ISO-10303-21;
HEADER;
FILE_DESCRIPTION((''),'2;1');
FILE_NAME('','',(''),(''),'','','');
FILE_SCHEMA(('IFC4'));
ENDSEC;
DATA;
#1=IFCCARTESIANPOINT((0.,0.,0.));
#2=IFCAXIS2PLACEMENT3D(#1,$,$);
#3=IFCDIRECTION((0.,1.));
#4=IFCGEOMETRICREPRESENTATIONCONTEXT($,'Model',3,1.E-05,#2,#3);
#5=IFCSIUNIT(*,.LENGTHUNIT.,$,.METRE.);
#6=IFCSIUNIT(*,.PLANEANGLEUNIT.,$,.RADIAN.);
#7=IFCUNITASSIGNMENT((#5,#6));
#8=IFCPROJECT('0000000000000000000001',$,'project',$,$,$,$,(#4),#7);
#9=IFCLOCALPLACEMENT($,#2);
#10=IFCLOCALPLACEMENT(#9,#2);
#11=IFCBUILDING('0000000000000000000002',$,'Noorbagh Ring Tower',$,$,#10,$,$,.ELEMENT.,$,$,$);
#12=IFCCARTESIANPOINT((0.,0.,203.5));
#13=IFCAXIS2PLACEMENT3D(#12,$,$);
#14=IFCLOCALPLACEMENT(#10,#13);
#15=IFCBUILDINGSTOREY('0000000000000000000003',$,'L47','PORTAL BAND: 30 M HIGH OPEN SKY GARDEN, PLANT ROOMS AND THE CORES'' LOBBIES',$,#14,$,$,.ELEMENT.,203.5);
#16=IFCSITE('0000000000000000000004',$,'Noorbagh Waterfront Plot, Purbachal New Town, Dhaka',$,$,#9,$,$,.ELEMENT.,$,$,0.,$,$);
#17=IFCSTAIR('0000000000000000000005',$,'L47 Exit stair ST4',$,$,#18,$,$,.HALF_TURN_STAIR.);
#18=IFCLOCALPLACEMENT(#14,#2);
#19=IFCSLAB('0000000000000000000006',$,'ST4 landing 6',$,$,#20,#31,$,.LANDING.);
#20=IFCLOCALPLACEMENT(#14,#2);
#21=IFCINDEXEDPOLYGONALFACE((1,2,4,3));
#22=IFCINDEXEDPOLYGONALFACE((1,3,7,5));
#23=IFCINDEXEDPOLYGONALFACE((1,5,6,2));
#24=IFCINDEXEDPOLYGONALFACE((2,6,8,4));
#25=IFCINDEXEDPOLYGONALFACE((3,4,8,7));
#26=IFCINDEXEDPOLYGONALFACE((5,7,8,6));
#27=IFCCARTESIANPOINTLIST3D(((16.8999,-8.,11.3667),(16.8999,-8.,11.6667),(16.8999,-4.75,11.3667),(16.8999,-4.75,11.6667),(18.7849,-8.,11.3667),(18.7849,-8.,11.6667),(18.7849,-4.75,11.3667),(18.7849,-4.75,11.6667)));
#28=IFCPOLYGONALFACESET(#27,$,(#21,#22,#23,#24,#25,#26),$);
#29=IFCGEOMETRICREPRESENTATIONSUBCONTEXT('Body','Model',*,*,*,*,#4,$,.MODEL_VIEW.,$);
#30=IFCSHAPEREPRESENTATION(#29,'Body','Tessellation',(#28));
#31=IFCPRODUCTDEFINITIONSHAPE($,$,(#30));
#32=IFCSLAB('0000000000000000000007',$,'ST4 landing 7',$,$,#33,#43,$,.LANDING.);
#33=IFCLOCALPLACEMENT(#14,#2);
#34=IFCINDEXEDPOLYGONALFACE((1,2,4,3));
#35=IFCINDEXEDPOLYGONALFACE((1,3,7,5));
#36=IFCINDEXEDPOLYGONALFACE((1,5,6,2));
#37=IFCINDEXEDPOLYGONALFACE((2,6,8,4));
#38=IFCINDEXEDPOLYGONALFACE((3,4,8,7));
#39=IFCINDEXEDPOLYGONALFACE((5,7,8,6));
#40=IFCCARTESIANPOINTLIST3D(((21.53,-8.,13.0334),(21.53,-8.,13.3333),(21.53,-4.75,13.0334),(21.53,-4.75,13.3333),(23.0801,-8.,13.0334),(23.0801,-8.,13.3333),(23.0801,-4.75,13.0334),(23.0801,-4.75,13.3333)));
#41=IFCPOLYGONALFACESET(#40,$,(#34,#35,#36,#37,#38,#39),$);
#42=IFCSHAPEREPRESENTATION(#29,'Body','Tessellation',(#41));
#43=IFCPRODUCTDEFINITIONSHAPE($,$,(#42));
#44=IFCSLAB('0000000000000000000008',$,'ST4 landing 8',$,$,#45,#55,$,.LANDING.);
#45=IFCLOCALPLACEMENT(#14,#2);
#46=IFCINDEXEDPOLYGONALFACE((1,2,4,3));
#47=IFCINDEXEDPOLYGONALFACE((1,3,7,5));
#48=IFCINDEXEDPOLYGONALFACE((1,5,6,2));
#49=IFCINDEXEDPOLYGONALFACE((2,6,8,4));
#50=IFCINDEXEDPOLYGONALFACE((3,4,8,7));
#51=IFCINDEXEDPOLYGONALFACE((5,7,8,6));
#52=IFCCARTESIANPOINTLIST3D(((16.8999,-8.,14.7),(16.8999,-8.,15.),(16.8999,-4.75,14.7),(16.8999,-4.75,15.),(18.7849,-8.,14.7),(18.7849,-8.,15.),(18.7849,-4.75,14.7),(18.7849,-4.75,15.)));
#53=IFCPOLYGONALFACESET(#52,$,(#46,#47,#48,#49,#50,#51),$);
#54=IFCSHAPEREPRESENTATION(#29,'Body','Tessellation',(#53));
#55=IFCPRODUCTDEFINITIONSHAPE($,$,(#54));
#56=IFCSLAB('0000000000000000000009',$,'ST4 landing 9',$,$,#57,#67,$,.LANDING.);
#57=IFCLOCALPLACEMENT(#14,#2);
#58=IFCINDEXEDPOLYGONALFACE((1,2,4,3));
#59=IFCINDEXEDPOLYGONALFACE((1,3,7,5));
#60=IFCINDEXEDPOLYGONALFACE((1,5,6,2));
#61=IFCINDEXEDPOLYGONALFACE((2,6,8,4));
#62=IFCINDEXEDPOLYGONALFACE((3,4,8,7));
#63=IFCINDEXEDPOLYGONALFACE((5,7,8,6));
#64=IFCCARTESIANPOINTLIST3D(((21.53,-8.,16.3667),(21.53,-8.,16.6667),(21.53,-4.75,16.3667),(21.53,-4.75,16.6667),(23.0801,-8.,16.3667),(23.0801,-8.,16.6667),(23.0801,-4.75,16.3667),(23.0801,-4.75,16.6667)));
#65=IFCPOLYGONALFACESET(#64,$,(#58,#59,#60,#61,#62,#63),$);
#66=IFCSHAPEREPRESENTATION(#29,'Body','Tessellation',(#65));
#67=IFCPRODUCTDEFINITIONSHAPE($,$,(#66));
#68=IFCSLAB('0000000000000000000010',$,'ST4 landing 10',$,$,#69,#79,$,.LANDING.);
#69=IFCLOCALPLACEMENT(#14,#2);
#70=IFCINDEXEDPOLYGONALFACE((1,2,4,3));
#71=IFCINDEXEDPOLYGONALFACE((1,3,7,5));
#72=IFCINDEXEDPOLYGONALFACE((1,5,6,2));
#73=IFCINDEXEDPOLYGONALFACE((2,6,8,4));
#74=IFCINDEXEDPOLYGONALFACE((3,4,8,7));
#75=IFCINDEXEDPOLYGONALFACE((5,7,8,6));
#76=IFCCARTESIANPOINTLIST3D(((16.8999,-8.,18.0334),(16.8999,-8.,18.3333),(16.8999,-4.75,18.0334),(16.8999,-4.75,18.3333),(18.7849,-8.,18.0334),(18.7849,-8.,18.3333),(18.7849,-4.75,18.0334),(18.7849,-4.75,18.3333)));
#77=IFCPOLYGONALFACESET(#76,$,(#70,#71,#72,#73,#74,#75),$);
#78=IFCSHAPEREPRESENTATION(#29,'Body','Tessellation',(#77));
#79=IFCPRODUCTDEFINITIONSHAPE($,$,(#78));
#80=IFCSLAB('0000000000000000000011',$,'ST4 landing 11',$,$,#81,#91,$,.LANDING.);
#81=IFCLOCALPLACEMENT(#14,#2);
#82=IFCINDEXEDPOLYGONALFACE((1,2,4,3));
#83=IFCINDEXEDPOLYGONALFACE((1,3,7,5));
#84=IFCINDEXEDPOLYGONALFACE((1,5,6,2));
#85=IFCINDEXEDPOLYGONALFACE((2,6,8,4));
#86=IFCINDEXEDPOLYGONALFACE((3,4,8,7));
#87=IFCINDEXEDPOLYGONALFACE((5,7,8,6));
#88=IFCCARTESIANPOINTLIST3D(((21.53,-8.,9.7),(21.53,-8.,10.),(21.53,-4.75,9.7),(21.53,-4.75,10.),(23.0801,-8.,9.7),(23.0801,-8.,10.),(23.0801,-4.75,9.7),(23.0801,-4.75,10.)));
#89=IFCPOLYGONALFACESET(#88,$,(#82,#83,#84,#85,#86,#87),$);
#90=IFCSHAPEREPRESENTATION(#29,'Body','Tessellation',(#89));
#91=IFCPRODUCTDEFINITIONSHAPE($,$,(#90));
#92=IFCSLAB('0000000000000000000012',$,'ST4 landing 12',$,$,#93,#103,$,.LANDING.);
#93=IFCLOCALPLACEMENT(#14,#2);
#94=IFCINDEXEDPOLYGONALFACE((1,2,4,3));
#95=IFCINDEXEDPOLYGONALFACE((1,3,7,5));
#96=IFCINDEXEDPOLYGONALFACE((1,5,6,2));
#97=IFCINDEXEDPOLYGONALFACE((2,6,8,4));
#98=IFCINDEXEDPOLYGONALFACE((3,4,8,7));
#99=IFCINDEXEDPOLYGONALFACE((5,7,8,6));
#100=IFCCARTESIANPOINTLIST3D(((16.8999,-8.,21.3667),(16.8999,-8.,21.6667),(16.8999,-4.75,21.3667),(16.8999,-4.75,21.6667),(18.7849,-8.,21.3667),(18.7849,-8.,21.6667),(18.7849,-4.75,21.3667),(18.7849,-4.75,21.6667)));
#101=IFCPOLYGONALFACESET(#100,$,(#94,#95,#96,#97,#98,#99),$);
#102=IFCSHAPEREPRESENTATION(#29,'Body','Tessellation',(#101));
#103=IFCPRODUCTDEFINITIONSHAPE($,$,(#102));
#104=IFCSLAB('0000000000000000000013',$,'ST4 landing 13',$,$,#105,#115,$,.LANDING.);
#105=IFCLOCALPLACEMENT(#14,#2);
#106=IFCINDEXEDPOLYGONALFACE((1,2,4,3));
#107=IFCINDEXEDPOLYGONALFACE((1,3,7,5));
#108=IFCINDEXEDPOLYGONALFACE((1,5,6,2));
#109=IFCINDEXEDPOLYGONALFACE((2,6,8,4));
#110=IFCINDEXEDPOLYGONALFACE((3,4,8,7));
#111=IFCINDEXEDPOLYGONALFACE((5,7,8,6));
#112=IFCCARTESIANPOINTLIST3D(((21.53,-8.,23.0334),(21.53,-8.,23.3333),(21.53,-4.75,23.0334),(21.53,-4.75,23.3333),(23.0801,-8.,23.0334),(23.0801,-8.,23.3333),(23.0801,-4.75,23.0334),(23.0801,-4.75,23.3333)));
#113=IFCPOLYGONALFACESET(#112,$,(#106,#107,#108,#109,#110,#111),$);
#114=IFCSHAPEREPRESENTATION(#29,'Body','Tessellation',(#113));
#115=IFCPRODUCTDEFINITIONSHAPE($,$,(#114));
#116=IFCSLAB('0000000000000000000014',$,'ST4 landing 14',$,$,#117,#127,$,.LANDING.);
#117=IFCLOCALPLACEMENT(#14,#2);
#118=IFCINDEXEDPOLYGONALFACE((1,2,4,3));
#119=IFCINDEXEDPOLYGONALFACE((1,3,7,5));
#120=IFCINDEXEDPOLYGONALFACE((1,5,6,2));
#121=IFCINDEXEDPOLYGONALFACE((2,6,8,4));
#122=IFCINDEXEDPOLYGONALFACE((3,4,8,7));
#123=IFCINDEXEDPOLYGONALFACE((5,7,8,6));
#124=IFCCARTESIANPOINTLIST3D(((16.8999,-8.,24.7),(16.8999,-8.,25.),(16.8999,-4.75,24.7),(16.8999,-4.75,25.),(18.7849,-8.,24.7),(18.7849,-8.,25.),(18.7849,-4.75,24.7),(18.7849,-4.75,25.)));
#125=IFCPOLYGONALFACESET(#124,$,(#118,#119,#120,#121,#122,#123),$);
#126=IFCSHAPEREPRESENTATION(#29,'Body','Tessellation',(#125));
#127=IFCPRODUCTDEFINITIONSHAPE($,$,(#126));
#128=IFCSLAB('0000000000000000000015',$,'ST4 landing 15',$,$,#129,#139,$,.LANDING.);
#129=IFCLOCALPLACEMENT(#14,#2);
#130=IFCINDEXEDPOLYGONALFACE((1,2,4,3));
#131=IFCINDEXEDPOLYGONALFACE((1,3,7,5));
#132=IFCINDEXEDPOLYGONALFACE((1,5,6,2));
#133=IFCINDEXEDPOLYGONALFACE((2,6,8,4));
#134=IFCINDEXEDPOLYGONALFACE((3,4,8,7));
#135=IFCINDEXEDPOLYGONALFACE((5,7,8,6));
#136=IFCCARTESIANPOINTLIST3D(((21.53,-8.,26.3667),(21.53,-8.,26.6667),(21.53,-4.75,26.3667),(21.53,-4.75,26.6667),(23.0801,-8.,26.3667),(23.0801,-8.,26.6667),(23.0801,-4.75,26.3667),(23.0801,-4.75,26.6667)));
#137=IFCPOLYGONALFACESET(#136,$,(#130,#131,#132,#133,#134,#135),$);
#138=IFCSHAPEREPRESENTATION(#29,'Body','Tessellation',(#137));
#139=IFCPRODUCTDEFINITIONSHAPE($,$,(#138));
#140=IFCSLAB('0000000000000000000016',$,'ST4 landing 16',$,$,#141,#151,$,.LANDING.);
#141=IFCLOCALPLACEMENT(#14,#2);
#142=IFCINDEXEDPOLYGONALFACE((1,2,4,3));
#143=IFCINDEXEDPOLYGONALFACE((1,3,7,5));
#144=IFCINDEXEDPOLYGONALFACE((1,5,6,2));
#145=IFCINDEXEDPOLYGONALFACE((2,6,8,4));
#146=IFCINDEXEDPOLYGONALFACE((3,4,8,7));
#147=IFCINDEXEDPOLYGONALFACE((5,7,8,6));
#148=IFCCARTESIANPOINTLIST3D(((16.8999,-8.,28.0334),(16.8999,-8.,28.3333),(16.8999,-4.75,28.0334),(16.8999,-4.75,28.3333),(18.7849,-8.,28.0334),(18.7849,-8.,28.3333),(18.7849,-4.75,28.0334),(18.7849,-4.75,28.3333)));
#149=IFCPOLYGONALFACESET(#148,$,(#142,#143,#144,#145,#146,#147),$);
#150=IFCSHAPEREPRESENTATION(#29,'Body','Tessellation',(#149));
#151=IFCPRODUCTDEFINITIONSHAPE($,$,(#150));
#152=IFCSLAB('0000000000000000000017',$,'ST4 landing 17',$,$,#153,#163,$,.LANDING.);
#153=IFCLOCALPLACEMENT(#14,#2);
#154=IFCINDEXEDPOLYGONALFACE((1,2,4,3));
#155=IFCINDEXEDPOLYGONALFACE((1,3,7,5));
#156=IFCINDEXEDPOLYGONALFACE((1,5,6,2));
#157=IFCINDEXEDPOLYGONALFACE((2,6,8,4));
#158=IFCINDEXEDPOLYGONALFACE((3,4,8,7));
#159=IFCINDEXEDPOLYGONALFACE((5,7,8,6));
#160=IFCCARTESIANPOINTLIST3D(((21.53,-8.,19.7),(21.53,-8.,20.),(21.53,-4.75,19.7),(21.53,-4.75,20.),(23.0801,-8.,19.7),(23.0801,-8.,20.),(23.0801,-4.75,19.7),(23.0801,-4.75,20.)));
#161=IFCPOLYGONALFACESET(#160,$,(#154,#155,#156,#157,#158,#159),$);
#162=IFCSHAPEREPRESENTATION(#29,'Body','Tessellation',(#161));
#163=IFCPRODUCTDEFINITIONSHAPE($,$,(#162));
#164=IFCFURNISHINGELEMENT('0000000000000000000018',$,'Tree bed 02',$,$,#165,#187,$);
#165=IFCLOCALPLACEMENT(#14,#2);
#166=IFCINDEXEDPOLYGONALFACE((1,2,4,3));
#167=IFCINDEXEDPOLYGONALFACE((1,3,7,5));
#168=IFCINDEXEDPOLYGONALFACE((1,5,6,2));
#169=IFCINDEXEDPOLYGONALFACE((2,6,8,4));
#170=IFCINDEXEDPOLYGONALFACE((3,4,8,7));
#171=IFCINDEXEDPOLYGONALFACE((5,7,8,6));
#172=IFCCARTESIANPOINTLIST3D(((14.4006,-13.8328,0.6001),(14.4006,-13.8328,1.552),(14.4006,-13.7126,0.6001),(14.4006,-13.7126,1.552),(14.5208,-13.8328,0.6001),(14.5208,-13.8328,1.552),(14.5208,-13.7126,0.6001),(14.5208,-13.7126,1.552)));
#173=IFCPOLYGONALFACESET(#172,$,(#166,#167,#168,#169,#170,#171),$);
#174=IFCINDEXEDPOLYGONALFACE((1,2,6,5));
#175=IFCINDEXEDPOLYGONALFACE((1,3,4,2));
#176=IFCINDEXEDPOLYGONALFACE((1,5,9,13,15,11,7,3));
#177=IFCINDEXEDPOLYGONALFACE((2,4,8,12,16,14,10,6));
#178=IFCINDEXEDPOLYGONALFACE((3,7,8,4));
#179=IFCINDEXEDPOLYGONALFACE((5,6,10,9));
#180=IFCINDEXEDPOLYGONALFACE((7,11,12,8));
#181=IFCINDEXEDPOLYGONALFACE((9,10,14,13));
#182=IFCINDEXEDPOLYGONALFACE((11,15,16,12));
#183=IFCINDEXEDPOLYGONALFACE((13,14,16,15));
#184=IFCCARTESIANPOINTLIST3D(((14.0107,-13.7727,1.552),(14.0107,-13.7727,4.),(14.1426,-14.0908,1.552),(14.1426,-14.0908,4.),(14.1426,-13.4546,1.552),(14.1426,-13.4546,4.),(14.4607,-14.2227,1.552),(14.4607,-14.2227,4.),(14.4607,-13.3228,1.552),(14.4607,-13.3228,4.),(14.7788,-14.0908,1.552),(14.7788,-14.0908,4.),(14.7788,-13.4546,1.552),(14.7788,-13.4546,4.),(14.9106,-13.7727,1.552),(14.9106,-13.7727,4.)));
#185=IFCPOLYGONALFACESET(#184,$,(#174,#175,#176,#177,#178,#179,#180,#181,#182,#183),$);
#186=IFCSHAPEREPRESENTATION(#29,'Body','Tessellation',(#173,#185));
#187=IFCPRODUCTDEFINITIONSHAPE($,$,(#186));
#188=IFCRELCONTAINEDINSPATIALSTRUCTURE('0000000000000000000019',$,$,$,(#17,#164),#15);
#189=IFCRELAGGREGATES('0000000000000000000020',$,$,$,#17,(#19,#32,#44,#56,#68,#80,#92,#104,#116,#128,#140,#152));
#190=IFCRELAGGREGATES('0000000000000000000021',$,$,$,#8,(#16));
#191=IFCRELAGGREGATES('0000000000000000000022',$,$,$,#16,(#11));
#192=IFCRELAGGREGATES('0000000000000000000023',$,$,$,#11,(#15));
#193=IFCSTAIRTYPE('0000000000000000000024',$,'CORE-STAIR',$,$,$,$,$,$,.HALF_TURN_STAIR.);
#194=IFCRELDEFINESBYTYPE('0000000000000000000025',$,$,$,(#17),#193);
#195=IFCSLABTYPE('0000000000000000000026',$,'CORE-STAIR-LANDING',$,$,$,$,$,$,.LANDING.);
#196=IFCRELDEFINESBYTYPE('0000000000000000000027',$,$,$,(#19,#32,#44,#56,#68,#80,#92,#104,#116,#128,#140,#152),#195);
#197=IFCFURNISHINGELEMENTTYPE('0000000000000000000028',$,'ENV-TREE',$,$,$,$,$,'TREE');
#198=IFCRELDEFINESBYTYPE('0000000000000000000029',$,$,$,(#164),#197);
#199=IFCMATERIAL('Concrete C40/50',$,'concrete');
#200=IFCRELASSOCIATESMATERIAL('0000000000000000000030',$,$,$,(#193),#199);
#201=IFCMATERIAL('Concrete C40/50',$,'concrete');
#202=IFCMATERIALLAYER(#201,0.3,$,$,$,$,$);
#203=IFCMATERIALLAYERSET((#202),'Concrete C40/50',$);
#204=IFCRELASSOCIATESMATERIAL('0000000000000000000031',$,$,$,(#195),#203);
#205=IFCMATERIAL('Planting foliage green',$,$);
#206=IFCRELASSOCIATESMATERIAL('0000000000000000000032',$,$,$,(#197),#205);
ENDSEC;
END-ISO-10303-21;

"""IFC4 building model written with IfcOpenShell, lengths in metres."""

from ifc_helpers import new_model, si_unit, direction, frame, origin, origin_2d, place, context, subcontext, project, spatial, polyline, rectangle, outline, extrude, material, layer, layer_set, type_object, element, aggregate, save


model = new_model("IFC4")

# Units and contexts
model_context = context("Model", 3, precision=1e-05, world=origin(), true_north=direction((0.0, 1.0)))
body_context = subcontext(model_context, "Body", "Model", "MODEL_VIEW")
ifc_project = project(units=[si_unit("LENGTHUNIT", "METRE"), si_unit("PLANEANGLEUNIT", "RADIAN")], contexts=[model_context])

# Site, building, storey
site_placement = place(None, origin())
site = spatial("IfcSite", under=ifc_project, at=site_placement, Name="Noorbagh Waterfront Plot, Purbachal New Town, Dhaka", CompositionType="ELEMENT", RefElevation=0.0)
building_placement = place(site_placement, origin())
building = spatial("IfcBuilding", under=site, at=building_placement, Name="Noorbagh Ring Tower", CompositionType="ELEMENT")
storey_placement = place(building_placement, frame((0.0, 0.0, 203.5)))
storey = spatial("IfcBuildingStorey", under=building, at=storey_placement, Name="L47", Description="PORTAL BAND: 30 M HIGH OPEN SKY GARDEN, PLANT ROOMS AND THE CORES' LOBBIES", CompositionType="ELEMENT", Elevation=203.5)

# Stair, slabs
ifc_material_1 = material(Name="Concrete C40/50", Category="concrete")
stair_type = type_object("IfcStairType", Name="CORE-STAIR", PredefinedType="HALF_TURN_STAIR", material=ifc_material_1)
stair_placement = place(storey_placement, origin())
stair = element("IfcStair", 1, at=stair_placement, inside=storey, type_object=stair_type, Name="L47 Exit stair ST4", PredefinedType="HALF_TURN_STAIR")
ifc_material_2 = material(Name="Concrete C40/50", Category="concrete")
ifc_layer = layer(ifc_material_2, 0.3)
ifc_layer_set = layer_set([ifc_layer], Name="Concrete C40/50")
slab_type = type_object("IfcSlabType", Name="CORE-STAIR-LANDING", PredefinedType="LANDING", material=ifc_layer_set)
slab_1_placement = place(storey_placement, frame((0.0, 0.0, 11.3667)))
slab_1 = element("IfcSlab", 2, at=slab_1_placement, type_object=slab_type, Name="ST4 landing 6", PredefinedType="LANDING", context=body_context, shape_type="SweptSolid", body=[
    extrude(outline(polyline([(18.7849, -4.75), (16.8999, -4.75), (16.8999, -8.0), (18.7849, -8.0), (18.7849, -4.75)])), origin(), (0.0, 0.0, 1.0), 0.3),
])
slab_2_placement = place(storey_placement, frame((0.0, 0.0, 13.0334)))
slab_2 = element("IfcSlab", 3, at=slab_2_placement, type_object=slab_type, Name="ST4 landing 7", PredefinedType="LANDING", context=body_context, shape_type="SweptSolid", body=[
    extrude(outline(polyline([(23.0801, -4.75), (21.53, -4.75), (21.53, -8.0), (23.0801, -8.0), (23.0801, -4.75)])), origin(), (0.0, 0.0, 1.0), 0.2998),
])
slab_3_placement = place(storey_placement, frame((0.0, 0.0, 14.7)))
slab_3 = element("IfcSlab", 4, at=slab_3_placement, type_object=slab_type, Name="ST4 landing 8", PredefinedType="LANDING", context=body_context, shape_type="SweptSolid", body=[
    extrude(outline(polyline([(18.7849, -4.75), (16.8999, -4.75), (16.8999, -8.0), (18.7849, -8.0), (18.7849, -4.75)])), origin(), (0.0, 0.0, 1.0), 0.3),
])
slab_4_placement = place(storey_placement, frame((0.0, 0.0, 16.3667)))
slab_4 = element("IfcSlab", 5, at=slab_4_placement, type_object=slab_type, Name="ST4 landing 9", PredefinedType="LANDING", context=body_context, shape_type="SweptSolid", body=[
    extrude(outline(polyline([(23.0801, -4.75), (21.53, -4.75), (21.53, -8.0), (23.0801, -8.0), (23.0801, -4.75)])), origin(), (0.0, 0.0, 1.0), 0.3),
])
slab_5_placement = place(storey_placement, frame((0.0, 0.0, 18.0334)))
slab_5 = element("IfcSlab", 6, at=slab_5_placement, type_object=slab_type, Name="ST4 landing 10", PredefinedType="LANDING", context=body_context, shape_type="SweptSolid", body=[
    extrude(outline(polyline([(18.7849, -4.75), (16.8999, -4.75), (16.8999, -8.0), (18.7849, -8.0), (18.7849, -4.75)])), origin(), (0.0, 0.0, 1.0), 0.2998),
])
slab_6_placement = place(storey_placement, frame((0.0, 0.0, 9.7)))
slab_6 = element("IfcSlab", 7, at=slab_6_placement, type_object=slab_type, Name="ST4 landing 11", PredefinedType="LANDING", context=body_context, shape_type="SweptSolid", body=[
    extrude(outline(polyline([(23.0801, -4.75), (21.53, -4.75), (21.53, -8.0), (23.0801, -8.0), (23.0801, -4.75)])), origin(), (0.0, 0.0, 1.0), 0.3),
])
slab_7_placement = place(storey_placement, frame((0.0, 0.0, 21.3667)))
slab_7 = element("IfcSlab", 8, at=slab_7_placement, type_object=slab_type, Name="ST4 landing 12", PredefinedType="LANDING", context=body_context, shape_type="SweptSolid", body=[
    extrude(outline(polyline([(18.7849, -4.75), (16.8999, -4.75), (16.8999, -8.0), (18.7849, -8.0), (18.7849, -4.75)])), origin(), (0.0, 0.0, 1.0), 0.3),
])
slab_8_placement = place(storey_placement, frame((0.0, 0.0, 23.0334)))
slab_8 = element("IfcSlab", 9, at=slab_8_placement, type_object=slab_type, Name="ST4 landing 13", PredefinedType="LANDING", context=body_context, shape_type="SweptSolid", body=[
    extrude(outline(polyline([(23.0801, -4.75), (21.53, -4.75), (21.53, -8.0), (23.0801, -8.0), (23.0801, -4.75)])), origin(), (0.0, 0.0, 1.0), 0.2998),
])
slab_9_placement = place(storey_placement, frame((0.0, 0.0, 24.7)))
slab_9 = element("IfcSlab", 10, at=slab_9_placement, type_object=slab_type, Name="ST4 landing 14", PredefinedType="LANDING", context=body_context, shape_type="SweptSolid", body=[
    extrude(outline(polyline([(18.7849, -4.75), (16.8999, -4.75), (16.8999, -8.0), (18.7849, -8.0), (18.7849, -4.75)])), origin(), (0.0, 0.0, 1.0), 0.3),
])
slab_10_placement = place(storey_placement, frame((0.0, 0.0, 26.3667)))
slab_10 = element("IfcSlab", 11, at=slab_10_placement, type_object=slab_type, Name="ST4 landing 15", PredefinedType="LANDING", context=body_context, shape_type="SweptSolid", body=[
    extrude(outline(polyline([(23.0801, -4.75), (21.53, -4.75), (21.53, -8.0), (23.0801, -8.0), (23.0801, -4.75)])), origin(), (0.0, 0.0, 1.0), 0.3),
])
slab_11_placement = place(storey_placement, frame((0.0, 0.0, 28.0334)))
slab_11 = element("IfcSlab", 12, at=slab_11_placement, type_object=slab_type, Name="ST4 landing 16", PredefinedType="LANDING", context=body_context, shape_type="SweptSolid", body=[
    extrude(outline(polyline([(18.7849, -4.75), (16.8999, -4.75), (16.8999, -8.0), (18.7849, -8.0), (18.7849, -4.75)])), origin(), (0.0, 0.0, 1.0), 0.2998),
])
slab_12_placement = place(storey_placement, frame((0.0, 0.0, 19.7)))
slab_12 = element("IfcSlab", 13, at=slab_12_placement, type_object=slab_type, Name="ST4 landing 17", PredefinedType="LANDING", context=body_context, shape_type="SweptSolid", body=[
    extrude(outline(polyline([(23.0801, -4.75), (21.53, -4.75), (21.53, -8.0), (23.0801, -8.0), (23.0801, -4.75)])), origin(), (0.0, 0.0, 1.0), 0.3),
])
aggregate(stair, [slab_1, slab_2, slab_3, slab_4, slab_5, slab_6, slab_7, slab_8, slab_9, slab_10, slab_11, slab_12])

# Furnishing element
ifc_material_3 = material(Name="Planting foliage green")
furnishing_element_type = type_object("IfcFurnishingElementType", Name="ENV-TREE", ElementType="TREE", material=ifc_material_3)
furnishing_placement = place(storey_placement, frame((14.4607, -13.7727, 0.6001), z_axis=(0.0, 0.0, 1.0), x_axis=(1.0, 0.0, 0.0)))
element("IfcFurnishingElement", 14, at=furnishing_placement, inside=storey, type_object=furnishing_element_type, Name="Tree bed 02", context=body_context, shape_type="SweptSolid", body=[
    extrude(rectangle(XDim=0.1201, YDim=0.1201, at=origin_2d()), origin(), (0.0, 0.0, 1.0), 0.9519),
    extrude(outline(polyline([(0.45, 0.0), (0.3181, 0.3181), (0.0, 0.45), (-0.3181, 0.3181), (-0.45, 0.0), (-0.3181, -0.3181), (0.0, -0.45), (0.3181, -0.3181), (0.45, 0.0)])), frame((0.0, 0.0, 0.9519)), (0.0, 0.0, 1.0), 2.448),
])

save(model, "model.ifc")
